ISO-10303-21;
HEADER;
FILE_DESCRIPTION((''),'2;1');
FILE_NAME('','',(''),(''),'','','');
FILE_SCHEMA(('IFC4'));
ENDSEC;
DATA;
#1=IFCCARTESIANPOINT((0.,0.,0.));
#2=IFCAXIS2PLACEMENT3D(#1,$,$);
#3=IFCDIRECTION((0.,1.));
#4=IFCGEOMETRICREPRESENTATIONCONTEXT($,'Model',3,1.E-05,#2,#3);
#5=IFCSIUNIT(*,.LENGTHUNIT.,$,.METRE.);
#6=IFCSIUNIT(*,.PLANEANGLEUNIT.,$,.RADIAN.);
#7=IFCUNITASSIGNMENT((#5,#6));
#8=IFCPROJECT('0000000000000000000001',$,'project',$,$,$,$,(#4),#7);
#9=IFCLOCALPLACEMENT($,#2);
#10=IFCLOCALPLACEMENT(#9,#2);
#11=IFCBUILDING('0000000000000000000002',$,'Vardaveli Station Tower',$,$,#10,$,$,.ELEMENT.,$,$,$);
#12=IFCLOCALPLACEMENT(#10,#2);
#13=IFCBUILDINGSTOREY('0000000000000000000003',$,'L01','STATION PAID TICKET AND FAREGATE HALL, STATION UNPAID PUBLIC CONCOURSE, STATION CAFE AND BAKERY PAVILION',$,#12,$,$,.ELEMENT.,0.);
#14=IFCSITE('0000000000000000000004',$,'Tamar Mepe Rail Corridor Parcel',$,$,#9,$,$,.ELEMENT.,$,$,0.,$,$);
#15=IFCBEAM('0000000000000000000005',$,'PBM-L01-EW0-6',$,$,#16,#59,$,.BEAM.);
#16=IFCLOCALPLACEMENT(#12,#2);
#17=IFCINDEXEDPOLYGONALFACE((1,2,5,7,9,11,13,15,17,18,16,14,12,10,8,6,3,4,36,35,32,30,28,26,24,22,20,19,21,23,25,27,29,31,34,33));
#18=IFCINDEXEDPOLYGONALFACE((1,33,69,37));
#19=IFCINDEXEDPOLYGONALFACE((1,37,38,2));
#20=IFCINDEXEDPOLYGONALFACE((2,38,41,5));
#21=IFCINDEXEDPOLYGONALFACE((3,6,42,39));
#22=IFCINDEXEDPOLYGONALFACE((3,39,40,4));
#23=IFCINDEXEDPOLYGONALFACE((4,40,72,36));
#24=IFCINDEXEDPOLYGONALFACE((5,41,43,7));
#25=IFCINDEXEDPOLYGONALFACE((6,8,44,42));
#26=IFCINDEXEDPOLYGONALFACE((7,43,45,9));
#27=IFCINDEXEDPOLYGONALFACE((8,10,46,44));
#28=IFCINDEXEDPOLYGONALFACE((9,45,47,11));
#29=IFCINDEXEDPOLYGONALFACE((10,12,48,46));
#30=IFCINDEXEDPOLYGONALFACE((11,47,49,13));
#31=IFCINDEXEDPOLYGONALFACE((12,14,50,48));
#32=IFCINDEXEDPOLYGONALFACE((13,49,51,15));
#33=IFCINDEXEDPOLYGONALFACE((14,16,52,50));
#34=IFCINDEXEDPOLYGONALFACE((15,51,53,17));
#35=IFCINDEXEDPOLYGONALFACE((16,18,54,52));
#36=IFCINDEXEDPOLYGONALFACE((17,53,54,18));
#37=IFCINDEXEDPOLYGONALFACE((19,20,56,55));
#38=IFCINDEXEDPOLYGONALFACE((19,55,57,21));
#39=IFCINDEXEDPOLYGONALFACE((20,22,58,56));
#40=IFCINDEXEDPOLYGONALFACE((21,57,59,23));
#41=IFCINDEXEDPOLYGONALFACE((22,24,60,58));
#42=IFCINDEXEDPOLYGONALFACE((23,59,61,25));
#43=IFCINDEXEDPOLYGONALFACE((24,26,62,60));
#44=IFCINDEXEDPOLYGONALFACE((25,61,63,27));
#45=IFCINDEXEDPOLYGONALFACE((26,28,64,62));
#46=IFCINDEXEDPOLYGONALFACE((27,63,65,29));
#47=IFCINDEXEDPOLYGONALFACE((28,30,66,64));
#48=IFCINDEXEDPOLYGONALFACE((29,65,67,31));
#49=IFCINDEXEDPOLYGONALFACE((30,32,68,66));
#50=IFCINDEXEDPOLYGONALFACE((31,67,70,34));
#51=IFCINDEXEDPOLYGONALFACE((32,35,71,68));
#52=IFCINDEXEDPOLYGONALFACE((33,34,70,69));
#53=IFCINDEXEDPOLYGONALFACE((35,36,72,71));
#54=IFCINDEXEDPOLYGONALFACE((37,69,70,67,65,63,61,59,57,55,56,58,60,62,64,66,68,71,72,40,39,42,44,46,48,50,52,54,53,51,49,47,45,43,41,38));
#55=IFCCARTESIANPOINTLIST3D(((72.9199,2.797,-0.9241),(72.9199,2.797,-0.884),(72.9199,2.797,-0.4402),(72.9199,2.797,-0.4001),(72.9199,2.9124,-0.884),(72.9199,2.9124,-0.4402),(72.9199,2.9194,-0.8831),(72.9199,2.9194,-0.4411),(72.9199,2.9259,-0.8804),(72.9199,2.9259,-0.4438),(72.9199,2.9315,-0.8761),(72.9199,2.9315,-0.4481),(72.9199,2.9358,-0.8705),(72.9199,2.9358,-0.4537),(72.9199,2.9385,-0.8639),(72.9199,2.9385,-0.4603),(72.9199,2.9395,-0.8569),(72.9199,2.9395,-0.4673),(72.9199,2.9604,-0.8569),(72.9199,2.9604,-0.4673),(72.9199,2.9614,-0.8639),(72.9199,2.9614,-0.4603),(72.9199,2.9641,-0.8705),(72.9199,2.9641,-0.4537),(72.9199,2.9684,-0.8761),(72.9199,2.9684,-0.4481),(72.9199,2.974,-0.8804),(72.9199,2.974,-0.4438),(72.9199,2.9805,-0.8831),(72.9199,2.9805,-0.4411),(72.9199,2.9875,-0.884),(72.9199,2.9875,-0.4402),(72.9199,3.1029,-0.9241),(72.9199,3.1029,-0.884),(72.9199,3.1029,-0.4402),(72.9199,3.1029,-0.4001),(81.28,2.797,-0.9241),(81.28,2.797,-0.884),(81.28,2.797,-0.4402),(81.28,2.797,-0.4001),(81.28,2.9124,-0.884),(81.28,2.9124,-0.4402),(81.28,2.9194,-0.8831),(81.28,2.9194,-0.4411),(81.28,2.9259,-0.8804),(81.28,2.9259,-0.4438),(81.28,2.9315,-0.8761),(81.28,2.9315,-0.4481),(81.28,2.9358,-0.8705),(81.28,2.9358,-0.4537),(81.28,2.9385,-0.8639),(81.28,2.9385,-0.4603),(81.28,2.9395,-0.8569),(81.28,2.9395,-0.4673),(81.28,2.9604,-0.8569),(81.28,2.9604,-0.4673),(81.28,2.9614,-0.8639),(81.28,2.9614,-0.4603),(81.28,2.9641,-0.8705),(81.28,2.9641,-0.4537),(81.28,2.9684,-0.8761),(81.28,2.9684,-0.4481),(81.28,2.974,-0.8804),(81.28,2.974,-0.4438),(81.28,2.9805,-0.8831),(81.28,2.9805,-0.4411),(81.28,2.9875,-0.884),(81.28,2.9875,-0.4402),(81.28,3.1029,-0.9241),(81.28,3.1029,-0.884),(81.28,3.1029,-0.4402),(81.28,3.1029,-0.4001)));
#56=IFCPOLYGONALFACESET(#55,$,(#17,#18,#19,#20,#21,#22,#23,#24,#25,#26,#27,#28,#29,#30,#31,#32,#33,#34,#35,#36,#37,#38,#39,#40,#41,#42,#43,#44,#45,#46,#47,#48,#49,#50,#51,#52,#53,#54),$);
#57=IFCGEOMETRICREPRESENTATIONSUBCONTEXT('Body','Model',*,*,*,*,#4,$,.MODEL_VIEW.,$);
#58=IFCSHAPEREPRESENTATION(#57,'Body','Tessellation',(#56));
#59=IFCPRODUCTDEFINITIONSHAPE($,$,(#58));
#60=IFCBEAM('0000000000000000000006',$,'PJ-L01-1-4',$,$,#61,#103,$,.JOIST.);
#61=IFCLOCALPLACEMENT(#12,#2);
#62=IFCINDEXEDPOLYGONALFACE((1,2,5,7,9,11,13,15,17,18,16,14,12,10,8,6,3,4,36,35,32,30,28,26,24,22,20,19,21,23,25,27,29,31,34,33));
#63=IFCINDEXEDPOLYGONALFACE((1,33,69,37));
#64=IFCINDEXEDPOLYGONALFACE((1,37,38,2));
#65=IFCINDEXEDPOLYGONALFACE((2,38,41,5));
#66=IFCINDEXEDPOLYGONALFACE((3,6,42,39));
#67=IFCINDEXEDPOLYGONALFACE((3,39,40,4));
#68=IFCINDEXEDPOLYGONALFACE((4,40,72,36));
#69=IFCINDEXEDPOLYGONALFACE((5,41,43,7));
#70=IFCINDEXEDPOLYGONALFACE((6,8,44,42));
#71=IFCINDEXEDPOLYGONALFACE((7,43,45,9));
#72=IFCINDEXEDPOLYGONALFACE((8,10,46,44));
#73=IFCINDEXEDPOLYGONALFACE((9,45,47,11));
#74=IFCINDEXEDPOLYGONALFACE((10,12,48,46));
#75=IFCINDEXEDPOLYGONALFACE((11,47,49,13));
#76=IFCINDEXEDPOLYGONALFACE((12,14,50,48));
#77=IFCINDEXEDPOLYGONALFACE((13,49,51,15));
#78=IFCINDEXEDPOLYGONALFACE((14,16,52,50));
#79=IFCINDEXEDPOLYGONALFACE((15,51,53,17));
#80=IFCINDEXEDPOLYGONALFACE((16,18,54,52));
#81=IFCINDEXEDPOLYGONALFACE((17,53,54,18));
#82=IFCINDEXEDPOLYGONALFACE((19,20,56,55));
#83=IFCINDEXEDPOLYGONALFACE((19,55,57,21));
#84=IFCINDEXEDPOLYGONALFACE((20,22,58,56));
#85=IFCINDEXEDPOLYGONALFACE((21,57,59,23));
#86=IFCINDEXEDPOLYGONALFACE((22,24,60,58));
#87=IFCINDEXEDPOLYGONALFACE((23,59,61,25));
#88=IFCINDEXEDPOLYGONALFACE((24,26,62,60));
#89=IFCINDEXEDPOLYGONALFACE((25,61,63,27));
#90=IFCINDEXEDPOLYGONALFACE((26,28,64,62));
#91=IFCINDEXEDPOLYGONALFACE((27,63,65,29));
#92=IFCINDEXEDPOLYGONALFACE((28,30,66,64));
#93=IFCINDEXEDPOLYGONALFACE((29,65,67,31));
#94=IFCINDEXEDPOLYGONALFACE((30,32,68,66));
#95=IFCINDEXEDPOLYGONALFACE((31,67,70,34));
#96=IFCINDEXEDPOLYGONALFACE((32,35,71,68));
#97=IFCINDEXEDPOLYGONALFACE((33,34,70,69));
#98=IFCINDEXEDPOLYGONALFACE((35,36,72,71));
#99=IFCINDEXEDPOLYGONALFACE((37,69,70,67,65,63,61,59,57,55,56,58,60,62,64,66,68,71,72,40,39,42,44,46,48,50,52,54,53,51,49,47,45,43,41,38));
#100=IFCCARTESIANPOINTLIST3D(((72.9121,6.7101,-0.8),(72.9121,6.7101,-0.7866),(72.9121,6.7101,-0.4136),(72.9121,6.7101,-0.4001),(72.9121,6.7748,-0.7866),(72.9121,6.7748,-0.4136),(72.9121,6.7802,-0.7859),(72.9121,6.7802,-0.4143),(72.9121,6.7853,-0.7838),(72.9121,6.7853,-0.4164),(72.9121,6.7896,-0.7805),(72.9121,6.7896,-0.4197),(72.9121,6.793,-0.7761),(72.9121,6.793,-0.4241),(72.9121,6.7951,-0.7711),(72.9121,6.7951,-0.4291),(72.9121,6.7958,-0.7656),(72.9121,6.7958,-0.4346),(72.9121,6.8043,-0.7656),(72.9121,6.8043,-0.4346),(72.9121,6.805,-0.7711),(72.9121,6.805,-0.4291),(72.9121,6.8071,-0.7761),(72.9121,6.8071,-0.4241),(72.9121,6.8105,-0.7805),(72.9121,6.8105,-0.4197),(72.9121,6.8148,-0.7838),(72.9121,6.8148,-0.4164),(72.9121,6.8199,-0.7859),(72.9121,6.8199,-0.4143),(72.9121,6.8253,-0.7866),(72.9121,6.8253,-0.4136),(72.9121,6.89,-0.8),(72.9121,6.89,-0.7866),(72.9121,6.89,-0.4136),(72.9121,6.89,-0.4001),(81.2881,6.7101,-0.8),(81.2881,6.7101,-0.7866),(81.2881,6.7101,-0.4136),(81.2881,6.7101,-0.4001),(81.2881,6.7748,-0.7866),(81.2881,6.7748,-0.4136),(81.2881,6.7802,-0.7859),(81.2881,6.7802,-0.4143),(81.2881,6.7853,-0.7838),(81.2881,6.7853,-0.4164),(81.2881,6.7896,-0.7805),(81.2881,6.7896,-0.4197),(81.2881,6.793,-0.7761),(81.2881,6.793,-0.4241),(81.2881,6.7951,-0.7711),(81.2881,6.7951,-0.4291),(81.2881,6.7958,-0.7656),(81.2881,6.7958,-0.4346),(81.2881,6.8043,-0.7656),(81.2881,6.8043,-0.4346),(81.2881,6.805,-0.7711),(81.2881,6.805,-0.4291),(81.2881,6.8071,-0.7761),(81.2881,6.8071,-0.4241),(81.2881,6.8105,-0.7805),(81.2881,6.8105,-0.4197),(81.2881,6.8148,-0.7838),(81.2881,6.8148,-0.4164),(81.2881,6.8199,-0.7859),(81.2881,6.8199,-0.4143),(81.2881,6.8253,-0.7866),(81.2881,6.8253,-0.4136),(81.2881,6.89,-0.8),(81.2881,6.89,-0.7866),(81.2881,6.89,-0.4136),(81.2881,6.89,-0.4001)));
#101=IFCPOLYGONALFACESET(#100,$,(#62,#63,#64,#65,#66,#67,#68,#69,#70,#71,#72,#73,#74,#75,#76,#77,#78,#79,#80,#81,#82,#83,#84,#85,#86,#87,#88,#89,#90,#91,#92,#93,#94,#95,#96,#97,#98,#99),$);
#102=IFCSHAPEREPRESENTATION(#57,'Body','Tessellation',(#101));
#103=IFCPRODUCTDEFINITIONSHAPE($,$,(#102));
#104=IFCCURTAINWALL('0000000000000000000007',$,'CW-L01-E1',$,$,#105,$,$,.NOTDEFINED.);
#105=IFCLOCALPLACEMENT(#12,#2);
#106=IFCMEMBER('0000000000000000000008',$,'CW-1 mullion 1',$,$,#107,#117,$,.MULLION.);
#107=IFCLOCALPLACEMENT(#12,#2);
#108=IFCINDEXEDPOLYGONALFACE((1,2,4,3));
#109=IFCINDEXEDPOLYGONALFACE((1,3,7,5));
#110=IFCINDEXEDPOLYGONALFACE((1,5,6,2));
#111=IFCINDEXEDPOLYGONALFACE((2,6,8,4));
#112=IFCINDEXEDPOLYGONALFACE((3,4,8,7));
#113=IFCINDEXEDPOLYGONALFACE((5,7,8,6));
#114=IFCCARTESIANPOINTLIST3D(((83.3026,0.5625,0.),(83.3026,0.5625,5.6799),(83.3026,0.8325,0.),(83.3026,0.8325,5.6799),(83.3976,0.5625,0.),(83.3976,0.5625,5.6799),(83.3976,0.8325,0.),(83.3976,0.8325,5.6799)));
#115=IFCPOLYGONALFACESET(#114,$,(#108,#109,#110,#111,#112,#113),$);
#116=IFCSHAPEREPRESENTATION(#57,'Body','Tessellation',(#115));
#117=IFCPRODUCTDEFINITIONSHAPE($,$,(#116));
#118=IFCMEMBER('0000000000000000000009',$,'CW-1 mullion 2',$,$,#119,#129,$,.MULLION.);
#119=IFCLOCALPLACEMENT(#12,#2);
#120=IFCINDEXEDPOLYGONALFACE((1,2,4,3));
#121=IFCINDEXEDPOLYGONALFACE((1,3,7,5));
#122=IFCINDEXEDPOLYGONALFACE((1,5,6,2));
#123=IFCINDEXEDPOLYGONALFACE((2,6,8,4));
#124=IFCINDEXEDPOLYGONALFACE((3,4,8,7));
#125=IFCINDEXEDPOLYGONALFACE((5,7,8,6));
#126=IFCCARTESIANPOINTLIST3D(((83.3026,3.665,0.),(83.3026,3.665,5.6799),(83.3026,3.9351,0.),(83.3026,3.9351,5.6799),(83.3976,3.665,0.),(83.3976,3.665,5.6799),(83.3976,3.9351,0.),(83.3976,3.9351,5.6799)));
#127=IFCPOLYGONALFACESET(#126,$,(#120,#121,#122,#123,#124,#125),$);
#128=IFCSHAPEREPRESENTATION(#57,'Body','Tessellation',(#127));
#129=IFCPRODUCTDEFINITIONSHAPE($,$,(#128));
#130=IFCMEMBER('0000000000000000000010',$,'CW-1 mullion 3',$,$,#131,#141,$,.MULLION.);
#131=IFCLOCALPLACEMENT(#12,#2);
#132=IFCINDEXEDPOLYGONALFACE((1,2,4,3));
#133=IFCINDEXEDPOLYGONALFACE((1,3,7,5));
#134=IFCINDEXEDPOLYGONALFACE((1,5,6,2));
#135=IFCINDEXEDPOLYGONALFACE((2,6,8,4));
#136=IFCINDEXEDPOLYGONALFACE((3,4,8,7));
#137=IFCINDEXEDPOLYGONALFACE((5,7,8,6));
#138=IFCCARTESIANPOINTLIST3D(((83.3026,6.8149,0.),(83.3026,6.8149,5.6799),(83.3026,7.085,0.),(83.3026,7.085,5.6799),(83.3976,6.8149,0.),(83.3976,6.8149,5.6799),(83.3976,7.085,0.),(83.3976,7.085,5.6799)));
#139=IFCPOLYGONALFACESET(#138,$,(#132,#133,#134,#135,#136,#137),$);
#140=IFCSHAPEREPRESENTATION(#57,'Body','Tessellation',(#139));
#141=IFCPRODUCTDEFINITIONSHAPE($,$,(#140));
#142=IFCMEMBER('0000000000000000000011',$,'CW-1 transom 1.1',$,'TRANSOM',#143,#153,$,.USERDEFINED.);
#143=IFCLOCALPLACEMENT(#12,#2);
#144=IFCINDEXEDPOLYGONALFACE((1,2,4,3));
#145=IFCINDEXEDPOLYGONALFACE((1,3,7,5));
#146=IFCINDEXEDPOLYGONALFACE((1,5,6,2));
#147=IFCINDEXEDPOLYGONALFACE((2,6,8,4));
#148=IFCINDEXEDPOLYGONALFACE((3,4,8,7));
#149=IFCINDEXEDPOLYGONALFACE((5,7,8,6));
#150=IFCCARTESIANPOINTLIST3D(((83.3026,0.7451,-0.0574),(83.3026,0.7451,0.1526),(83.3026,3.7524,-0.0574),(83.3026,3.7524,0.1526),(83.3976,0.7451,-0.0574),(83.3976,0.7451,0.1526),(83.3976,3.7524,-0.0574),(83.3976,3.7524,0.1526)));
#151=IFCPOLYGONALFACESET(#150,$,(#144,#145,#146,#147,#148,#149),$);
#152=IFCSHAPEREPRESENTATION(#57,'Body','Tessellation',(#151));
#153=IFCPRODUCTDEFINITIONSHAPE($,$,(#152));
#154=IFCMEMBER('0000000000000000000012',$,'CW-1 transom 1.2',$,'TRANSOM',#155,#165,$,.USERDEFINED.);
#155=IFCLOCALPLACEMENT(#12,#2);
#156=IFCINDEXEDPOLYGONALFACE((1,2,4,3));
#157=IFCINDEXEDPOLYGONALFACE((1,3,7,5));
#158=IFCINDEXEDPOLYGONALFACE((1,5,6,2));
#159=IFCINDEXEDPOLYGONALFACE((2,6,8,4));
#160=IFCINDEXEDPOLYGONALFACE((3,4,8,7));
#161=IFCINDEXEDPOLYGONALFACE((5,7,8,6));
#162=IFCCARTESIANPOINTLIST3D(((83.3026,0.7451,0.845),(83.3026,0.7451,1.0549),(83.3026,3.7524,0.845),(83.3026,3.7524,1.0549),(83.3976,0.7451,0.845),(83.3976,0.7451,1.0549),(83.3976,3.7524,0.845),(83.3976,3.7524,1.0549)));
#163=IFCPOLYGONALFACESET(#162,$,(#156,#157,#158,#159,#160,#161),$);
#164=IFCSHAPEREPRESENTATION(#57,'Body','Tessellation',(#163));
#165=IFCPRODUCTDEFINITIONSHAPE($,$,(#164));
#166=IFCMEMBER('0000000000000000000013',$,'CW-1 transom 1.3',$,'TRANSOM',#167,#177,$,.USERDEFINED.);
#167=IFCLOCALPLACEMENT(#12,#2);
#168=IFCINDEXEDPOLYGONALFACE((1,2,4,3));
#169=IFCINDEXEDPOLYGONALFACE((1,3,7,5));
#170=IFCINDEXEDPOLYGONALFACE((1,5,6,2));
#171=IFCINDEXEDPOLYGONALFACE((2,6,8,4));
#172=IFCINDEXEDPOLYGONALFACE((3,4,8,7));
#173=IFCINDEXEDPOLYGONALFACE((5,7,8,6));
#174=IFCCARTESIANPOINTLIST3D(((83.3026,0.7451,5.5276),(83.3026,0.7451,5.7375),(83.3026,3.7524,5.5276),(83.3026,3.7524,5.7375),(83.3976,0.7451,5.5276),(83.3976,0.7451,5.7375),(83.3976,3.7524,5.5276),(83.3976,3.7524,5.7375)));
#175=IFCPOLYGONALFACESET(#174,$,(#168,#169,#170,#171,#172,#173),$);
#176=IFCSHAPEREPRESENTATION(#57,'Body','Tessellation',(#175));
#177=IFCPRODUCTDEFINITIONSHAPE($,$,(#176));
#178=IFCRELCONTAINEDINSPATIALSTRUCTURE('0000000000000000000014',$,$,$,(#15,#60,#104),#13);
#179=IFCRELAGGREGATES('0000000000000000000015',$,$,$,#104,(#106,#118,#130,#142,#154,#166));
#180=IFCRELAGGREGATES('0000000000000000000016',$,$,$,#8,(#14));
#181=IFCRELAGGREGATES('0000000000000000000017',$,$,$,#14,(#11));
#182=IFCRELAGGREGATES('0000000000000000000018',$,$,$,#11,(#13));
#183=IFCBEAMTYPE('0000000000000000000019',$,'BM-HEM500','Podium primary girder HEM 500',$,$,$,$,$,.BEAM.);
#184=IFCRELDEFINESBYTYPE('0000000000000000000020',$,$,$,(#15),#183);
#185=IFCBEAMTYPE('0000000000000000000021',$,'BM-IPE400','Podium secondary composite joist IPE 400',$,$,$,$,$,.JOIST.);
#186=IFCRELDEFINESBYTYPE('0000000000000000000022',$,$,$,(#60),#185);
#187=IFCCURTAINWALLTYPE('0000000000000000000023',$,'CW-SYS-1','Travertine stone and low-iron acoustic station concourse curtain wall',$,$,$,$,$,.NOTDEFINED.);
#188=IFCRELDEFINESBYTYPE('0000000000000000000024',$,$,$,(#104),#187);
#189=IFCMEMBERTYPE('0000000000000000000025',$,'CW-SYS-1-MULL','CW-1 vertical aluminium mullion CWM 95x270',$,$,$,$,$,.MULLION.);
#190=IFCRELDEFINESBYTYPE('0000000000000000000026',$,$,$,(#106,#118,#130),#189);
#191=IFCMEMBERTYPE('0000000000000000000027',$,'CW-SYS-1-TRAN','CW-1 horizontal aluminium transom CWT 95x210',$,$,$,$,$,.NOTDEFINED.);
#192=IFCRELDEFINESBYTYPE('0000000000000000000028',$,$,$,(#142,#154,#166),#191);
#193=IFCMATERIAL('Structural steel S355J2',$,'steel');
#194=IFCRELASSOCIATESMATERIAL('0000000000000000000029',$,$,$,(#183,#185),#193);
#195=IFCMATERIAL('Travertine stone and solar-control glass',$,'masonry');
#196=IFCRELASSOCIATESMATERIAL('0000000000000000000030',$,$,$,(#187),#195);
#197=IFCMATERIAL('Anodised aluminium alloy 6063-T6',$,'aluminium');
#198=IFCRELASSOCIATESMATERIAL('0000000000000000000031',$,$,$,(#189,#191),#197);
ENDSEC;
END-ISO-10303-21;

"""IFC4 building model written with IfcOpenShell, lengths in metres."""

from ifc_helpers import new_model, si_unit, direction, frame, origin, origin_2d, place, context, subcontext, project, spatial, rectangle, i_section, extrude, source, transform, mapped, material, material_profile, profile_set, type_object, element, aggregate, save


model = new_model("IFC4")

# Units and contexts
model_context = context("Model", 3, precision=1e-05, world=origin(), true_north=direction((0.0, 1.0)))
body_context = subcontext(model_context, "Body", "Model", "MODEL_VIEW")
ifc_project = project(units=[si_unit("LENGTHUNIT", "METRE"), si_unit("PLANEANGLEUNIT", "RADIAN")], contexts=[model_context])

# Site, building, storey
site_placement = place(None, origin())
site = spatial("IfcSite", under=ifc_project, at=site_placement, Name="Tamar Mepe Rail Corridor Parcel", CompositionType="ELEMENT", RefElevation=0.0)
building_placement = place(site_placement, origin())
building = spatial("IfcBuilding", under=site, at=building_placement, Name="Vardaveli Station Tower", CompositionType="ELEMENT")
storey_placement = place(building_placement, origin())
storey = spatial("IfcBuildingStorey", under=building, at=storey_placement, Name="L01", Description="STATION PAID TICKET AND FAREGATE HALL, STATION UNPAID PUBLIC CONCOURSE, STATION CAFE AND BAKERY PAVILION", CompositionType="ELEMENT", Elevation=0.0)

# Shared definitions
ifc_material_1 = material(Name="Structural steel S355J2", Category="steel")

# Beams
ifc_material_profile_1 = material_profile(ifc_material_1, i_section(OverallWidth=0.3059, OverallDepth=0.5239, WebThickness=0.021, FlangeThickness=0.04, FilletRadius=0.0271, at=origin_2d()), Name="HEM 500")
ifc_profile_set_1 = profile_set([ifc_material_profile_1], Name="Structural steel S355J2")
beam_type_1 = type_object("IfcBeamType", Name="BM-HEM500", Description="Podium primary girder HEM 500", PredefinedType="BEAM", material=ifc_profile_set_1)
shared_shape_1 = source(origin(), body_context, "Body", "SweptSolid", [
    extrude(i_section(OverallWidth=0.3059, OverallDepth=0.5239, WebThickness=0.021, FlangeThickness=0.04, FilletRadius=0.0271, at=origin_2d()), origin(), (0.0, 0.0, 1.0), 8.3601),
])
beam_1_placement = place(storey_placement, frame((72.9199, 2.95, -0.6621), z_axis=(1.0, 0.0, 0.0), x_axis=(0.0, 1.0, 0.0)))
element("IfcBeam", 1, at=beam_1_placement, inside=storey, type_object=beam_type_1, Name="PBM-L01-EW0-6", PredefinedType="BEAM", context=body_context, shape_type="MappedRepresentation", body=[
    mapped(shared_shape_1, transform((0.0, 0.0, 0.0), scale=1.0)),
])
ifc_material_profile_2 = material_profile(ifc_material_1, i_section(OverallWidth=0.1799, OverallDepth=0.3999, WebThickness=0.0085, FlangeThickness=0.0134, FilletRadius=0.021, at=origin_2d()), Name="IPE 400")
ifc_profile_set_2 = profile_set([ifc_material_profile_2], Name="Structural steel S355J2")
beam_type_2 = type_object("IfcBeamType", Name="BM-IPE400", Description="Podium secondary composite joist IPE 400", PredefinedType="JOIST", material=ifc_profile_set_2)
shared_shape_2 = source(origin(), body_context, "Body", "SweptSolid", [
    extrude(i_section(OverallWidth=0.1799, OverallDepth=0.3999, WebThickness=0.0085, FlangeThickness=0.0134, FilletRadius=0.021, at=origin_2d()), origin(), (0.0, 0.0, 1.0), 8.376),
])
beam_2_placement = place(storey_placement, frame((72.9121, 6.8, -0.6001), z_axis=(1.0, 0.0, 0.0), x_axis=(0.0, 1.0, 0.0)))
element("IfcBeam", 2, at=beam_2_placement, inside=storey, type_object=beam_type_2, Name="PJ-L01-1-4", PredefinedType="JOIST", context=body_context, shape_type="MappedRepresentation", body=[
    mapped(shared_shape_2, transform((0.0, 0.0, 0.0), scale=1.0)),
])

# Curtain wall, members
ifc_material_2 = material(Name="Travertine stone and solar-control glass", Category="masonry")
curtain_wall_type = type_object("IfcCurtainWallType", Name="CW-SYS-1", Description="Travertine stone and low-iron acoustic station concourse curtain wall", PredefinedType="NOTDEFINED", material=ifc_material_2)
curtain_wall_placement = place(storey_placement, origin())
curtain_wall = element("IfcCurtainWall", 3, at=curtain_wall_placement, inside=storey, type_object=curtain_wall_type, Name="CW-L01-E1", PredefinedType="NOTDEFINED")
ifc_material_3 = material(Name="Anodised aluminium alloy 6063-T6", Category="aluminium")
ifc_material_profile_3 = material_profile(ifc_material_3, rectangle(XDim=0.095, YDim=0.27, at=origin_2d()), Name="CWM 95x270")
ifc_profile_set_3 = profile_set([ifc_material_profile_3], Name="Anodised aluminium alloy 6063-T6")
member_type_1 = type_object("IfcMemberType", Name="CW-SYS-1-MULL", Description="CW-1 vertical aluminium mullion CWM 95x270", PredefinedType="MULLION", material=ifc_profile_set_3)
shared_shape_3 = source(origin(), body_context, "Body", "SweptSolid", [
    extrude(rectangle(XDim=0.095, YDim=0.27, at=origin_2d()), origin(), (0.0, 0.0, 1.0), 5.6799),
])
member_1_placement = place(storey_placement, frame((83.3501, 0.6975, 0.0), z_axis=(0.0, 0.0, 1.0), x_axis=(-1.0, 0.0, 0.0)))
member_1 = element("IfcMember", 4, at=member_1_placement, type_object=member_type_1, Name="CW-1 mullion 1", PredefinedType="MULLION", context=body_context, shape_type="MappedRepresentation", body=[
    mapped(shared_shape_3, transform((0.0, 0.0, 0.0), scale=1.0)),
])
member_2_placement = place(storey_placement, frame((83.3501, 3.8, 0.0), z_axis=(0.0, 0.0, 1.0), x_axis=(-1.0, 0.0, 0.0)))
member_2 = element("IfcMember", 5, at=member_2_placement, type_object=member_type_1, Name="CW-1 mullion 2", PredefinedType="MULLION", context=body_context, shape_type="MappedRepresentation", body=[
    mapped(shared_shape_3, transform((0.0, 0.0, 0.0), scale=1.0)),
])
member_3_placement = place(storey_placement, frame((83.3501, 6.95, 0.0), z_axis=(0.0, 0.0, 1.0), x_axis=(-1.0, 0.0, 0.0)))
member_3 = element("IfcMember", 6, at=member_3_placement, type_object=member_type_1, Name="CW-1 mullion 3", PredefinedType="MULLION", context=body_context, shape_type="MappedRepresentation", body=[
    mapped(shared_shape_3, transform((0.0, 0.0, 0.0), scale=1.0)),
])
ifc_material_profile_4 = material_profile(ifc_material_3, rectangle(XDim=0.095, YDim=0.21, at=origin_2d()), Name="CWT 95x210")
ifc_profile_set_4 = profile_set([ifc_material_profile_4], Name="Anodised aluminium alloy 6063-T6")
member_type_2 = type_object("IfcMemberType", Name="CW-SYS-1-TRAN", Description="CW-1 horizontal aluminium transom CWT 95x210", PredefinedType="NOTDEFINED", material=ifc_profile_set_4)
shared_shape_4 = source(origin(), body_context, "Body", "SweptSolid", [
    extrude(rectangle(XDim=0.095, YDim=0.21, at=origin_2d()), origin(), (0.0, 0.0, 1.0), 3.0073),
])
member_4_placement = place(storey_placement, frame((83.3501, 0.7451, 0.0476), z_axis=(0.0, 1.0, 0.0), x_axis=(-1.0, 0.0, 0.0)))
member_4 = element("IfcMember", 7, at=member_4_placement, type_object=member_type_2, Name="CW-1 transom 1.1", ObjectType="TRANSOM", PredefinedType="USERDEFINED", context=body_context, shape_type="MappedRepresentation", body=[
    mapped(shared_shape_4, transform((0.0, 0.0, 0.0), scale=1.0)),
])
member_5_placement = place(storey_placement, frame((83.3501, 0.7451, 0.95), z_axis=(0.0, 1.0, 0.0), x_axis=(-1.0, 0.0, 0.0)))
member_5 = element("IfcMember", 8, at=member_5_placement, type_object=member_type_2, Name="CW-1 transom 1.2", ObjectType="TRANSOM", PredefinedType="USERDEFINED", context=body_context, shape_type="MappedRepresentation", body=[
    mapped(shared_shape_4, transform((0.0, 0.0, 0.0), scale=1.0)),
])
member_6_placement = place(storey_placement, frame((83.3501, 0.7451, 5.6326), z_axis=(0.0, 1.0, 0.0), x_axis=(-1.0, 0.0, 0.0)))
member_6 = element("IfcMember", 9, at=member_6_placement, type_object=member_type_2, Name="CW-1 transom 1.3", ObjectType="TRANSOM", PredefinedType="USERDEFINED", context=body_context, shape_type="MappedRepresentation", body=[
    mapped(shared_shape_4, transform((0.0, 0.0, 0.0), scale=1.0)),
])

aggregate(curtain_wall, [member_1, member_2, member_3, member_4, member_5, member_6])

save(model, "model.ifc")
